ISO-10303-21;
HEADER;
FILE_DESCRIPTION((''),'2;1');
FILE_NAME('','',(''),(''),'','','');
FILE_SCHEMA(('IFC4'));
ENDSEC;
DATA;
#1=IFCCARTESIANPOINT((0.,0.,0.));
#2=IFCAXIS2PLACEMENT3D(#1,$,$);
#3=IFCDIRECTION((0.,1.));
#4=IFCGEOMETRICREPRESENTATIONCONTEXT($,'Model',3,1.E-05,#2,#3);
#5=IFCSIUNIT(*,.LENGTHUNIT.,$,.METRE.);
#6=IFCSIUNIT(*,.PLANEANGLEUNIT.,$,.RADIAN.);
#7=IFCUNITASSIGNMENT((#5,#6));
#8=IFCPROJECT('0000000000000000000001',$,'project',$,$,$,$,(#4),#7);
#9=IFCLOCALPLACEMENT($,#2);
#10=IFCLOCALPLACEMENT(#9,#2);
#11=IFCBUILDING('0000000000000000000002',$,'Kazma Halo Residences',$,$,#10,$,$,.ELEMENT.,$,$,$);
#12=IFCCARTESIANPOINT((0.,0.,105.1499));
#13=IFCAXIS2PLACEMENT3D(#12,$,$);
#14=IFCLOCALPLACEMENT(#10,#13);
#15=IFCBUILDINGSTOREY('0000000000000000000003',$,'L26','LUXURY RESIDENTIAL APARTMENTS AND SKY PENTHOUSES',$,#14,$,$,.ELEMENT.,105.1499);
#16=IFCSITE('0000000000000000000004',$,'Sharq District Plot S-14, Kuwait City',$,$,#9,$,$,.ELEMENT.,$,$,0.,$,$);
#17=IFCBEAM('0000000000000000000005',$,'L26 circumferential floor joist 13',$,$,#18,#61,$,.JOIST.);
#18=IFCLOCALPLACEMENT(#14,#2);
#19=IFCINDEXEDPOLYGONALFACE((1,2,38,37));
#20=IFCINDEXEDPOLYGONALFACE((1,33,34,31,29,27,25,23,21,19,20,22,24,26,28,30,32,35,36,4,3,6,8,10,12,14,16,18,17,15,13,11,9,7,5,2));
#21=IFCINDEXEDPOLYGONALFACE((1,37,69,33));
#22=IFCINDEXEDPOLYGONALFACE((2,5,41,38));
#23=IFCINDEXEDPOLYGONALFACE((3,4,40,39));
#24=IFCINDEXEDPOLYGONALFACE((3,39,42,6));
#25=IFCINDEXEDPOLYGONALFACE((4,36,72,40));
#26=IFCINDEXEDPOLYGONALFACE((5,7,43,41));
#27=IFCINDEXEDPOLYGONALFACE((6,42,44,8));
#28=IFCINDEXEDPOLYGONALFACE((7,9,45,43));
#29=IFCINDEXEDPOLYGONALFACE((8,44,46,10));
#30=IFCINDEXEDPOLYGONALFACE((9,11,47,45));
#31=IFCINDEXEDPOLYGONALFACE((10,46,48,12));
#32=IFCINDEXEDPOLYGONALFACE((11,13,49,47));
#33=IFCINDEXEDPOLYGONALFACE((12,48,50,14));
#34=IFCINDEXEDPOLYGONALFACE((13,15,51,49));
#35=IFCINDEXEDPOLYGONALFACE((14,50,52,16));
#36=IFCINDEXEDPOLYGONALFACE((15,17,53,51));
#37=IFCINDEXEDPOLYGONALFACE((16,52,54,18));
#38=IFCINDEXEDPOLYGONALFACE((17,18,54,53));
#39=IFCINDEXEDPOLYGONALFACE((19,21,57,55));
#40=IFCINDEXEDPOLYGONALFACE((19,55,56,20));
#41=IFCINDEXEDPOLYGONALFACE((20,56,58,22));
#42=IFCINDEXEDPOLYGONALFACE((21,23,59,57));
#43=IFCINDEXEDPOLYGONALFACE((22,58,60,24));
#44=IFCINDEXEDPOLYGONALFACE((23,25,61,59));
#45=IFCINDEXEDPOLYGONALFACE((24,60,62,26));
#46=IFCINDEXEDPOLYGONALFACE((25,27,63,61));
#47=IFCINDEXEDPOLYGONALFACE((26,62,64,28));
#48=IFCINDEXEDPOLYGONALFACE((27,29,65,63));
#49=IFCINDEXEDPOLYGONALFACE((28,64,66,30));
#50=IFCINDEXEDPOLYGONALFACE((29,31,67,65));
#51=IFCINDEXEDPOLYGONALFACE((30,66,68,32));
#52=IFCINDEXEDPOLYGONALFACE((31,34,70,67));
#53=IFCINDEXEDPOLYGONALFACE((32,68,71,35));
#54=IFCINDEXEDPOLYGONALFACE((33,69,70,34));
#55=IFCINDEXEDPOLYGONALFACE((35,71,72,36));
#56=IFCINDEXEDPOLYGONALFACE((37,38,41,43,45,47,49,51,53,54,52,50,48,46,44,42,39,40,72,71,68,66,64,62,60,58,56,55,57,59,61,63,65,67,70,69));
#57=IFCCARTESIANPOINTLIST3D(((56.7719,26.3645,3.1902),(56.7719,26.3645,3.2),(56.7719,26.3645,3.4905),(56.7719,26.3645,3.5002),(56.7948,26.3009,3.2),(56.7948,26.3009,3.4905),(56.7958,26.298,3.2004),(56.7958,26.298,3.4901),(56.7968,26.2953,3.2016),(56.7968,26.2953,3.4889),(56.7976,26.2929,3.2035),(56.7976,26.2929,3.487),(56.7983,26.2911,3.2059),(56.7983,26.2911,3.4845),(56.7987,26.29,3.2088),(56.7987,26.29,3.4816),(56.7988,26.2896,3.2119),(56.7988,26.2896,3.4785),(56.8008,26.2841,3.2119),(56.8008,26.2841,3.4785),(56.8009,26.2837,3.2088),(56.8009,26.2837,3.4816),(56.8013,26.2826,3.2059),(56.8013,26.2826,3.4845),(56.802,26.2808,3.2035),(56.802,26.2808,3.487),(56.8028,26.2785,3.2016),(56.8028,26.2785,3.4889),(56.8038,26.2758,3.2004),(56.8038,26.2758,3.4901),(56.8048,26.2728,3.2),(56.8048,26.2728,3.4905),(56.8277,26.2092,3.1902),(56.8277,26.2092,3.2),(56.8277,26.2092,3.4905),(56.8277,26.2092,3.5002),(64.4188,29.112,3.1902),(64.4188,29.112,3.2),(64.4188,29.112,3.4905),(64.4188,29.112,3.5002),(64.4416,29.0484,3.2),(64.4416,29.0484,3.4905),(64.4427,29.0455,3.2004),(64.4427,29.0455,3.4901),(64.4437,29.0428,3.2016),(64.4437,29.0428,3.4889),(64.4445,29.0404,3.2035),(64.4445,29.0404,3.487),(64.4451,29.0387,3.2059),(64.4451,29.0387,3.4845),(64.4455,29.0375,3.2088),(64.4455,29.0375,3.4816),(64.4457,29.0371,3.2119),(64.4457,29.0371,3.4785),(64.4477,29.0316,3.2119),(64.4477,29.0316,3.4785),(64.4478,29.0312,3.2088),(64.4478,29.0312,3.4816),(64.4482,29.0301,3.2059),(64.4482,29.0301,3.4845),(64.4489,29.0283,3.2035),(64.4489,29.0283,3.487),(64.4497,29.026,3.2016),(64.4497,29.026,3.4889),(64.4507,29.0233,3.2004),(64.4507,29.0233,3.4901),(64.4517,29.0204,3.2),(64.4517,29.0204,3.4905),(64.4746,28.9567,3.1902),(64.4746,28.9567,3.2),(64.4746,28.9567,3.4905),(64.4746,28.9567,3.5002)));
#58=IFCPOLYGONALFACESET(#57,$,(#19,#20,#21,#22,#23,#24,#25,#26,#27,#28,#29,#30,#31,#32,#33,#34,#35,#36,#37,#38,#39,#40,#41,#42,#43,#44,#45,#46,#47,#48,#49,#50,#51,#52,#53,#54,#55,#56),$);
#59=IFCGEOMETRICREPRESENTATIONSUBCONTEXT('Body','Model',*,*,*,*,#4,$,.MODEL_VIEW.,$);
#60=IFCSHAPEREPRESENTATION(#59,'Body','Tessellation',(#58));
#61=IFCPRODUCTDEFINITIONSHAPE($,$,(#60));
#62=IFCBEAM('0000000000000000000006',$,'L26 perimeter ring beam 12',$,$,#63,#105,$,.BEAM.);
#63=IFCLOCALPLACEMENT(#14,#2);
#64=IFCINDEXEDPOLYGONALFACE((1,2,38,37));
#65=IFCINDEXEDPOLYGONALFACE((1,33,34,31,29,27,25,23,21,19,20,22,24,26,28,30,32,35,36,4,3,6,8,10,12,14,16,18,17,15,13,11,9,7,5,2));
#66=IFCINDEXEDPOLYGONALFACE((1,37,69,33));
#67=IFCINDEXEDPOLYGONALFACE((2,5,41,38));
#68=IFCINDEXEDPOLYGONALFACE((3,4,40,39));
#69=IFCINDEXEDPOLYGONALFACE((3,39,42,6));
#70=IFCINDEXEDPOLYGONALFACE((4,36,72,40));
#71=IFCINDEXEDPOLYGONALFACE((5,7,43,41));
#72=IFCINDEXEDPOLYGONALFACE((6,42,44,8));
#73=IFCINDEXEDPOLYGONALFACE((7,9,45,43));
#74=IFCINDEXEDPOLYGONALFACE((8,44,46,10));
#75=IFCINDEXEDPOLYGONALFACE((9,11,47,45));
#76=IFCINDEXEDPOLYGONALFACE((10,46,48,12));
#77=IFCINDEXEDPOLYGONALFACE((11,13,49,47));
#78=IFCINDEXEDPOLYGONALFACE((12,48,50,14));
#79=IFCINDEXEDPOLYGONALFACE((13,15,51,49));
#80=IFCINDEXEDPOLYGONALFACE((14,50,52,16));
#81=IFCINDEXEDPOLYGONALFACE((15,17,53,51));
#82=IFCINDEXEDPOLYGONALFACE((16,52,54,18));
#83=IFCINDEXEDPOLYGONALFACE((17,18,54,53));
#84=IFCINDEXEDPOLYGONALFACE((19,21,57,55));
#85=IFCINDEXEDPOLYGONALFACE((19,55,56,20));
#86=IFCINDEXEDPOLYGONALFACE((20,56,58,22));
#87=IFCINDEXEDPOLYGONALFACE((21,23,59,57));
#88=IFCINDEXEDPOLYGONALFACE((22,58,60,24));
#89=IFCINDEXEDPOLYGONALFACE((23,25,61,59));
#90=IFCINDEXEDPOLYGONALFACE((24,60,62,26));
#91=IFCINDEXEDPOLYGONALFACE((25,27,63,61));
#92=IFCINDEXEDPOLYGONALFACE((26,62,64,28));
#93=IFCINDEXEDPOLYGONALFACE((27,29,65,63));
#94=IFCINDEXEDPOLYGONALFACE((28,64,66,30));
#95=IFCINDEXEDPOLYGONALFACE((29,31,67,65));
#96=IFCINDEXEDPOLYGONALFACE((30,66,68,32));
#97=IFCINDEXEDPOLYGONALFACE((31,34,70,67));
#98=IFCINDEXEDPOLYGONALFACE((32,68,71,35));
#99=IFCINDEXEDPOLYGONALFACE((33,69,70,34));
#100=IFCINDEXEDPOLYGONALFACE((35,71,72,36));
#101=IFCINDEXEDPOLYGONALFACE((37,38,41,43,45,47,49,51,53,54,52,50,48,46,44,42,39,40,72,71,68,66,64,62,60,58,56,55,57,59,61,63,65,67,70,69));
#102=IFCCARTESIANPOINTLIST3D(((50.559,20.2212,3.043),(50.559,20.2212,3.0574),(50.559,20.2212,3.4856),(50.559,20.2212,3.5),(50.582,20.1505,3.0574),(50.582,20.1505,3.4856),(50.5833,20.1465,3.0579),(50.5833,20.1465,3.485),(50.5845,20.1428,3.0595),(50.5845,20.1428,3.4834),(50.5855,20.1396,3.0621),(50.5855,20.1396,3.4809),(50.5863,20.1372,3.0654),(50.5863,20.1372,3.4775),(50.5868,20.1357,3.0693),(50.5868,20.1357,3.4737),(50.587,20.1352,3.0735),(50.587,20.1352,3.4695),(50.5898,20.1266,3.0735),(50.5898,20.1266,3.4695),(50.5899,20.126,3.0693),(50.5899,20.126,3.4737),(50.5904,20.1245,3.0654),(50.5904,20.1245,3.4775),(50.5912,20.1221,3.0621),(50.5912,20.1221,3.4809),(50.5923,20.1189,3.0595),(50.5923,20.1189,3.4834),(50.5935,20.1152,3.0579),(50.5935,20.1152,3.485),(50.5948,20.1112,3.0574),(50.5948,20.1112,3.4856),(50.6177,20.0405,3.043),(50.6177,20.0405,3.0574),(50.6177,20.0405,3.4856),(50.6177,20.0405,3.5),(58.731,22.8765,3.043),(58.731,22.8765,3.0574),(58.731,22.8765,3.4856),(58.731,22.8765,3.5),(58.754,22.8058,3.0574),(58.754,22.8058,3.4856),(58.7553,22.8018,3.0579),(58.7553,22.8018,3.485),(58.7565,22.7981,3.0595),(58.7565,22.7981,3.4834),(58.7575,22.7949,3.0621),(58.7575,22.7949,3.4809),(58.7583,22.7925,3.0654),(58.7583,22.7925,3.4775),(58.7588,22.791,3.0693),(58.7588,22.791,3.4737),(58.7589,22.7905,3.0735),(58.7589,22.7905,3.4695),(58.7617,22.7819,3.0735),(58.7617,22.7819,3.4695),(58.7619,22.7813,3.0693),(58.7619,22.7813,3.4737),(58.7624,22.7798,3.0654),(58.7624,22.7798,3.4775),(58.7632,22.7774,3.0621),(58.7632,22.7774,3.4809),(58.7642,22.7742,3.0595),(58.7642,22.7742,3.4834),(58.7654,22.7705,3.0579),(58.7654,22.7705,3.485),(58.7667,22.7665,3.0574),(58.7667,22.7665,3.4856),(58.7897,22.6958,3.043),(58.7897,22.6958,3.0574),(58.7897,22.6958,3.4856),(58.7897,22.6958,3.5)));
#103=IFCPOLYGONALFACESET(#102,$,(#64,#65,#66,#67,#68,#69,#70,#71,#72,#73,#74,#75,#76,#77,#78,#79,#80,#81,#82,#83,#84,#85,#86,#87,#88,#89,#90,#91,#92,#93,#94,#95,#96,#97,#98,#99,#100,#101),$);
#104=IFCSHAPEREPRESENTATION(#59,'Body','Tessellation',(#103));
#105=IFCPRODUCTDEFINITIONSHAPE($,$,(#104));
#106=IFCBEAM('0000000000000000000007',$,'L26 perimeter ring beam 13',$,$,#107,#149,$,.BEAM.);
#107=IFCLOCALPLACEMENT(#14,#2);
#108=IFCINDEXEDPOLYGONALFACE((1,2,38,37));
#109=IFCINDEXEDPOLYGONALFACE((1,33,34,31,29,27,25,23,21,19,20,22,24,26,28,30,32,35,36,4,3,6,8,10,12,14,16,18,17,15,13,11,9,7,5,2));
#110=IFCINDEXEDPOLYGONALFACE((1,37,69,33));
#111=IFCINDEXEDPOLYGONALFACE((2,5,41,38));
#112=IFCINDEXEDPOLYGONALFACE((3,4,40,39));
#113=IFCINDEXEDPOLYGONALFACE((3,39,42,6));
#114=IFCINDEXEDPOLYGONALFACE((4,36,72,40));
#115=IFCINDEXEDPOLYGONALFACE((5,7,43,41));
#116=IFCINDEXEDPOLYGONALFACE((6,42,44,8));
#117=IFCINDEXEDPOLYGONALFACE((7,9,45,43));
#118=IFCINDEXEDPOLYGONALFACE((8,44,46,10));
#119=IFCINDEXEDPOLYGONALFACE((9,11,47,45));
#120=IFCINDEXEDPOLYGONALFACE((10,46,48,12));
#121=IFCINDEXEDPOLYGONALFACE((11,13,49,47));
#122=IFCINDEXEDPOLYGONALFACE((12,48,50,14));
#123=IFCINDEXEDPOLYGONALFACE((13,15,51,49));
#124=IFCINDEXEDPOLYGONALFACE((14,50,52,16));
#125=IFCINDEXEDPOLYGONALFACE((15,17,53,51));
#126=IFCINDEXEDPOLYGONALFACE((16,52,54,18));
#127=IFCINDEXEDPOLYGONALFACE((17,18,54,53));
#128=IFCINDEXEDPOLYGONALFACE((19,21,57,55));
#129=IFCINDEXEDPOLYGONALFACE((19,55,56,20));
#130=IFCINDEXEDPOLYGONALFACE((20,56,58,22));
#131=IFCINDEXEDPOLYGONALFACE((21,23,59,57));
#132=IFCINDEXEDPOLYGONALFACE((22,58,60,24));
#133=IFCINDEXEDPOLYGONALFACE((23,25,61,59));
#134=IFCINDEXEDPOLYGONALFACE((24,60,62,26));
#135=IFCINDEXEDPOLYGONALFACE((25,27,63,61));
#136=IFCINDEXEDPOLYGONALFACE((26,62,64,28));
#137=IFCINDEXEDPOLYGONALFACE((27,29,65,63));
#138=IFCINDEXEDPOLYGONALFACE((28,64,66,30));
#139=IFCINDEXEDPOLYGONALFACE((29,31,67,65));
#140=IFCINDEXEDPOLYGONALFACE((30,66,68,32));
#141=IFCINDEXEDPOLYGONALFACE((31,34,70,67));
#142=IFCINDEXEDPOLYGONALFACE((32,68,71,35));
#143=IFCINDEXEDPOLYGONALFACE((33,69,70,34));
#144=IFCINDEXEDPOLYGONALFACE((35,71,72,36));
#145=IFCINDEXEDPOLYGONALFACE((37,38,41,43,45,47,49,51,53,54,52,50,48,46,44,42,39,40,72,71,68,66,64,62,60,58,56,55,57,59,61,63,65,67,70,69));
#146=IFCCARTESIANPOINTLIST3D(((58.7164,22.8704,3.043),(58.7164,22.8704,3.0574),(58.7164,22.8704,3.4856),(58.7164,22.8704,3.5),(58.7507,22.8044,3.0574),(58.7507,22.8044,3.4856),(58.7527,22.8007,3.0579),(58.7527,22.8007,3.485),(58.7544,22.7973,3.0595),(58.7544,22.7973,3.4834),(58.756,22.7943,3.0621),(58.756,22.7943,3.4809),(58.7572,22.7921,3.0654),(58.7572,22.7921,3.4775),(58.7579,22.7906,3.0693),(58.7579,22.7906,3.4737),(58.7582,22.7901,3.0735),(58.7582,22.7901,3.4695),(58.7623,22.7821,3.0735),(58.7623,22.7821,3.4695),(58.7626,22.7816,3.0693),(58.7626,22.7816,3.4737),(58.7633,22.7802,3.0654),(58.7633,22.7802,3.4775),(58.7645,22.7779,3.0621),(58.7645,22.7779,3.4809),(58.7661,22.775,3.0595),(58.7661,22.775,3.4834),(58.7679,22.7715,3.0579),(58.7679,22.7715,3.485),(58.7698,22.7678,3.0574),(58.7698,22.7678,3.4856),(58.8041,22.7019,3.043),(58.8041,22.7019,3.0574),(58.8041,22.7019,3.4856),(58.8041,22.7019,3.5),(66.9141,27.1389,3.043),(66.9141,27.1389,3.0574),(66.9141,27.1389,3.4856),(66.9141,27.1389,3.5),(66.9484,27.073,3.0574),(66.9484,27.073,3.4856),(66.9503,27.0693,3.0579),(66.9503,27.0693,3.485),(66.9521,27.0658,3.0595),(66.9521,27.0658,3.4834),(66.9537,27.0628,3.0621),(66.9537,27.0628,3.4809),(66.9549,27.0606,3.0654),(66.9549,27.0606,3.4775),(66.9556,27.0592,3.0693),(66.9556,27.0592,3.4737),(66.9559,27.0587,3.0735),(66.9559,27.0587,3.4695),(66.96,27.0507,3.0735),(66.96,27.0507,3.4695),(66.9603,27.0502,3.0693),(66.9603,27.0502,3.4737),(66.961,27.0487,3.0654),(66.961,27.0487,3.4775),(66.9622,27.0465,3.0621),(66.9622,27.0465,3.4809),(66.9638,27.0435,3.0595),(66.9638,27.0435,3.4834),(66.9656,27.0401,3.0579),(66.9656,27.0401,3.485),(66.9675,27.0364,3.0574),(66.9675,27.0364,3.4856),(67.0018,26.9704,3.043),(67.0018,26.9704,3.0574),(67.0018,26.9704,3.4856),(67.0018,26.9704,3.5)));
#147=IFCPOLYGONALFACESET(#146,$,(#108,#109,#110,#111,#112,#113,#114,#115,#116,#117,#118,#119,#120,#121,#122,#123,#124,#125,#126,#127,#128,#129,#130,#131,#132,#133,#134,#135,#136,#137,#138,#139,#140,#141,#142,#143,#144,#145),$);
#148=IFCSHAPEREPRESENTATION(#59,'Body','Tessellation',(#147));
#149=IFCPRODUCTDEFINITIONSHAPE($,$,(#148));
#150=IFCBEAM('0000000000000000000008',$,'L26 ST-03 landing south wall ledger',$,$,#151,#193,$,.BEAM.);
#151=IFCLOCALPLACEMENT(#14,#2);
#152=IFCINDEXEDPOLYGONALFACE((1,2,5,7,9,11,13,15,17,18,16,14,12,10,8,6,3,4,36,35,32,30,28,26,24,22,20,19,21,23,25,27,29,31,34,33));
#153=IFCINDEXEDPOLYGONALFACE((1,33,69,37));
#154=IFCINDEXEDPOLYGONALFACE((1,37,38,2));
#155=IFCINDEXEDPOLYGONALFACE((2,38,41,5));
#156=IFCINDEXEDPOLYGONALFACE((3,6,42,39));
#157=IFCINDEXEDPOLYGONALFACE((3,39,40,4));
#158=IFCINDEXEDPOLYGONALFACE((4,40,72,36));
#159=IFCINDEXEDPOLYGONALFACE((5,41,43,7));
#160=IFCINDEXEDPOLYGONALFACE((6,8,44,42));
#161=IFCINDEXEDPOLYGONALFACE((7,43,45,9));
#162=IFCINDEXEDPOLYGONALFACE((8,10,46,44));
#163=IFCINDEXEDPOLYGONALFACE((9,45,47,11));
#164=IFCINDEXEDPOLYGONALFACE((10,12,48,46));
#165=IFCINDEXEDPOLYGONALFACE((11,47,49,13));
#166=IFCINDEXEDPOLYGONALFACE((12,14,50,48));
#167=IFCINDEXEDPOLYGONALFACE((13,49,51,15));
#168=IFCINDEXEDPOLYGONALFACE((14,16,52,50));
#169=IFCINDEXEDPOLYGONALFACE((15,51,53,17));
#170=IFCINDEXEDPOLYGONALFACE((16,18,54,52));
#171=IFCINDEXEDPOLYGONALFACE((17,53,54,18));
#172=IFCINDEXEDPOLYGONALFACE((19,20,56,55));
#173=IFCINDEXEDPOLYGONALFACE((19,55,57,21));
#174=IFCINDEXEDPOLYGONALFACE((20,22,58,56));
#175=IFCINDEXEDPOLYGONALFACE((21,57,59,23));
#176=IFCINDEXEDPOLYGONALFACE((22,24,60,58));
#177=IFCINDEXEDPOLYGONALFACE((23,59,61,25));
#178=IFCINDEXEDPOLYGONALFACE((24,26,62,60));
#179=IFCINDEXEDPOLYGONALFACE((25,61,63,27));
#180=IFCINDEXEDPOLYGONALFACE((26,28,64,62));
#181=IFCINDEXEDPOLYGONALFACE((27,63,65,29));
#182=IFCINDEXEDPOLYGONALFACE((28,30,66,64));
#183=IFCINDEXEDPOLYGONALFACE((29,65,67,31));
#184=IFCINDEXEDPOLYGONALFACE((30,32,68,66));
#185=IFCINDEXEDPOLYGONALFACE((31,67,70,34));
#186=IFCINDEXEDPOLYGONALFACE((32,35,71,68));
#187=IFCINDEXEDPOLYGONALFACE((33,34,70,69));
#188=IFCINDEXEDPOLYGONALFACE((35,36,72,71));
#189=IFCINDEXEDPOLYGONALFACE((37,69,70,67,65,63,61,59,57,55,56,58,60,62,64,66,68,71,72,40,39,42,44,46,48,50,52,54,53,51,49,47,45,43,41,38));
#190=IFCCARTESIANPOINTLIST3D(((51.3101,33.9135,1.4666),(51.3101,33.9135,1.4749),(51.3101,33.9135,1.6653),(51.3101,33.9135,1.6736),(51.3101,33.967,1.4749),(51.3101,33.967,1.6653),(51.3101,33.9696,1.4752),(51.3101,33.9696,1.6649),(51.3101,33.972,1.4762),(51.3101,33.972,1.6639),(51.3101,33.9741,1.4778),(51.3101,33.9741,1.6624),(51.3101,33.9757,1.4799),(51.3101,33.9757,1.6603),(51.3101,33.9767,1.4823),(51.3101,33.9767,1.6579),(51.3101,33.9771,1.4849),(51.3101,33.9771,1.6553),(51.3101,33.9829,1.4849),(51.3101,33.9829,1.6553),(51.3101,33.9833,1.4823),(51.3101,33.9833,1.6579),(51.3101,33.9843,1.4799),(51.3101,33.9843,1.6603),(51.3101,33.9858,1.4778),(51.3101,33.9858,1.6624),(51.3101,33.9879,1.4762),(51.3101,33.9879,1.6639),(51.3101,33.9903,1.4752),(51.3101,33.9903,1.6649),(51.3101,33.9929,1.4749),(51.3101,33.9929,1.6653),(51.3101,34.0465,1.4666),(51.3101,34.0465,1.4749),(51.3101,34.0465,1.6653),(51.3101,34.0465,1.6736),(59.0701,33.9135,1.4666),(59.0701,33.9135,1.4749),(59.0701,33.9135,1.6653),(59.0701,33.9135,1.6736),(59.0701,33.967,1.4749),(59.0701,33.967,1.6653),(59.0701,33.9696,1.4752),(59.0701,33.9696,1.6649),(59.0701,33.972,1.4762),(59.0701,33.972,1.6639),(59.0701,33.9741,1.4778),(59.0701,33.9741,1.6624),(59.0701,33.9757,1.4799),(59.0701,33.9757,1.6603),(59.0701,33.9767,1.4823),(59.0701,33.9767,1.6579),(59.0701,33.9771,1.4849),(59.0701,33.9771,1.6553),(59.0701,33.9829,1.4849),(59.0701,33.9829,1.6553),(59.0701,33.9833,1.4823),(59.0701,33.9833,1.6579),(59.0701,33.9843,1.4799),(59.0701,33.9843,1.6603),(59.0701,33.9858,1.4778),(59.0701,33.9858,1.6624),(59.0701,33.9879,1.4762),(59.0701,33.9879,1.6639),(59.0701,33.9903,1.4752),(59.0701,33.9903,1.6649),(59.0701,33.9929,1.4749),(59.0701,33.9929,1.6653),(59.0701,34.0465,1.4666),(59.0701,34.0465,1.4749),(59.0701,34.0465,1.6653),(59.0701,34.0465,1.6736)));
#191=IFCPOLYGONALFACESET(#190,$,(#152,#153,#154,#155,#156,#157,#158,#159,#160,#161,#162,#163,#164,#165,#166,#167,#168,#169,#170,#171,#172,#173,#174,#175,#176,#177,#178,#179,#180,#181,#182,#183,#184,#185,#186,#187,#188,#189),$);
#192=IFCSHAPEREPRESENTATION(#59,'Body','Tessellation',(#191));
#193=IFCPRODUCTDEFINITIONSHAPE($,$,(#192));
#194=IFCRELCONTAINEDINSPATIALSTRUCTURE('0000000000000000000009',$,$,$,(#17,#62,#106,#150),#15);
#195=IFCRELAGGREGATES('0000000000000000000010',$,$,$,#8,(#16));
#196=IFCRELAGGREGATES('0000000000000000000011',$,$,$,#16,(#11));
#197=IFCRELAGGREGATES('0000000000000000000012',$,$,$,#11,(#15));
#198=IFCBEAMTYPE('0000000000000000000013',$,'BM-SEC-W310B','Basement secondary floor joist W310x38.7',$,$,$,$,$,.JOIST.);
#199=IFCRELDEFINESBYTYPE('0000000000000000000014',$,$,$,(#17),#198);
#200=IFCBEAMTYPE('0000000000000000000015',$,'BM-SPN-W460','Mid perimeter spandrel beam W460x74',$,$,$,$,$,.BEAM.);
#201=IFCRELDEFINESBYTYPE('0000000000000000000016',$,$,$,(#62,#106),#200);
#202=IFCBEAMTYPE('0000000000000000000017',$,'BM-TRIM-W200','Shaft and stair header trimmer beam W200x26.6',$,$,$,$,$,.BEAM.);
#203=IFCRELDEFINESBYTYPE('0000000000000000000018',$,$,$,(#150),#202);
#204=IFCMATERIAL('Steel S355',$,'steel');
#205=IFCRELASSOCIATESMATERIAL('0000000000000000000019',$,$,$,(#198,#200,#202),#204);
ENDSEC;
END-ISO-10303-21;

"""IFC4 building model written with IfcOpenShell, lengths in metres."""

from ifc_helpers import new_model, si_unit, direction, frame, origin, origin_2d, place, context, subcontext, project, spatial, i_section, extrude, material, material_profile, profile_set, type_object, element, save


model = new_model("IFC4")

# Units and contexts
model_context = context("Model", 3, precision=1e-05, world=origin(), true_north=direction((0.0, 1.0)))
body_context = subcontext(model_context, "Body", "Model", "MODEL_VIEW")
ifc_project = project(units=[si_unit("LENGTHUNIT", "METRE"), si_unit("PLANEANGLEUNIT", "RADIAN")], contexts=[model_context])

# Site, building, storey
site_placement = place(None, origin())
site = spatial("IfcSite", under=ifc_project, at=site_placement, Name="Sharq District Plot S-14, Kuwait City", CompositionType="ELEMENT", RefElevation=0.0)
building_placement = place(site_placement, origin())
building = spatial("IfcBuilding", under=site, at=building_placement, Name="Kazma Halo Residences", CompositionType="ELEMENT")
storey_placement = place(building_placement, frame((0.0, 0.0, 105.1499)))
storey = spatial("IfcBuildingStorey", under=building, at=storey_placement, Name="L26", Description="LUXURY RESIDENTIAL APARTMENTS AND SKY PENTHOUSES", CompositionType="ELEMENT", Elevation=105.1499)

# Beams
ifc_material_1 = material(Name="Steel S355", Category="steel")
ifc_material_profile_1 = material_profile(ifc_material_1, i_section(OverallWidth=0.165, OverallDepth=0.3101, WebThickness=0.0059, FlangeThickness=0.0098, FilletRadius=0.012, at=origin_2d()), Name="W310x38.7")
ifc_profile_set_1 = profile_set([ifc_material_profile_1], Name="Steel S355")
beam_type_1 = type_object("IfcBeamType", Name="BM-SEC-W310B", Description="Basement secondary floor joist W310x38.7", PredefinedType="JOIST", material=ifc_profile_set_1)
beam_1_placement = place(storey_placement, frame((56.7998, 26.2869, 3.3452), z_axis=(0.941097, 0.338136, 0.0), x_axis=(-0.338136, 0.941097, 0.0)))
element("IfcBeam", 1, at=beam_1_placement, inside=storey, type_object=beam_type_1, Name="L26 circumferential floor joist 13", PredefinedType="JOIST", context=body_context, shape_type="SweptSolid", body=[
    extrude(i_section(OverallWidth=0.165, OverallDepth=0.3101, WebThickness=0.0059, FlangeThickness=0.0098, FilletRadius=0.012, at=origin_2d()), origin(), (0.0, 0.0, 1.0), 8.1255),
])
ifc_material_profile_2 = material_profile(ifc_material_1, i_section(OverallWidth=0.1899, OverallDepth=0.457, WebThickness=0.009, FlangeThickness=0.0144, FilletRadius=0.0161, at=origin_2d()), Name="W460x74")
ifc_profile_set_2 = profile_set([ifc_material_profile_2], Name="Steel S355")
beam_type_2 = type_object("IfcBeamType", Name="BM-SPN-W460", Description="Mid perimeter spandrel beam W460x74", PredefinedType="BEAM", material=ifc_profile_set_2)
beam_2_placement = place(storey_placement, frame((50.5884, 20.1309, 3.2715), z_axis=(0.951054, 0.309024, 0.0), x_axis=(-0.309024, 0.951054, 0.0)))
element("IfcBeam", 2, at=beam_2_placement, inside=storey, type_object=beam_type_2, Name="L26 perimeter ring beam 12", PredefinedType="BEAM", context=body_context, shape_type="SweptSolid", body=[
    extrude(i_section(OverallWidth=0.1899, OverallDepth=0.457, WebThickness=0.009, FlangeThickness=0.0144, FilletRadius=0.0161, at=origin_2d()), origin(), (0.0, 0.0, 1.0), 8.5925),
])
beam_3_placement = place(storey_placement, frame((58.7603, 22.7861, 3.2715), z_axis=(0.886963, 0.46184, 0.0), x_axis=(-0.46184, 0.886963, 0.0)))
element("IfcBeam", 3, at=beam_3_placement, inside=storey, type_object=beam_type_2, Name="L26 perimeter ring beam 13", PredefinedType="BEAM", context=body_context, shape_type="SweptSolid", body=[
    extrude(i_section(OverallWidth=0.1899, OverallDepth=0.457, WebThickness=0.009, FlangeThickness=0.0144, FilletRadius=0.0161, at=origin_2d()), origin(), (0.0, 0.0, 1.0), 9.2424),
])
ifc_material_profile_3 = material_profile(ifc_material_1, i_section(OverallWidth=0.1331, OverallDepth=0.207, WebThickness=0.0059, FlangeThickness=0.0083, FilletRadius=0.01, at=origin_2d()), Name="W200x26.6")
ifc_profile_set_3 = profile_set([ifc_material_profile_3], Name="Steel S355")
beam_type_3 = type_object("IfcBeamType", Name="BM-TRIM-W200", Description="Shaft and stair header trimmer beam W200x26.6", PredefinedType="BEAM", material=ifc_profile_set_3)
beam_4_placement = place(storey_placement, frame((51.3101, 33.98, 1.5701), z_axis=(1.0, 0.0, 0.0), x_axis=(0.0, 1.0, 0.0)))
element("IfcBeam", 4, at=beam_4_placement, inside=storey, type_object=beam_type_3, Name="L26 ST-03 landing south wall ledger", PredefinedType="BEAM", context=body_context, shape_type="SweptSolid", body=[
    extrude(i_section(OverallWidth=0.1331, OverallDepth=0.207, WebThickness=0.0059, FlangeThickness=0.0083, FilletRadius=0.01, at=origin_2d()), origin(), (0.0, 0.0, 1.0), 7.76),
])

save(model, "model.ifc")
